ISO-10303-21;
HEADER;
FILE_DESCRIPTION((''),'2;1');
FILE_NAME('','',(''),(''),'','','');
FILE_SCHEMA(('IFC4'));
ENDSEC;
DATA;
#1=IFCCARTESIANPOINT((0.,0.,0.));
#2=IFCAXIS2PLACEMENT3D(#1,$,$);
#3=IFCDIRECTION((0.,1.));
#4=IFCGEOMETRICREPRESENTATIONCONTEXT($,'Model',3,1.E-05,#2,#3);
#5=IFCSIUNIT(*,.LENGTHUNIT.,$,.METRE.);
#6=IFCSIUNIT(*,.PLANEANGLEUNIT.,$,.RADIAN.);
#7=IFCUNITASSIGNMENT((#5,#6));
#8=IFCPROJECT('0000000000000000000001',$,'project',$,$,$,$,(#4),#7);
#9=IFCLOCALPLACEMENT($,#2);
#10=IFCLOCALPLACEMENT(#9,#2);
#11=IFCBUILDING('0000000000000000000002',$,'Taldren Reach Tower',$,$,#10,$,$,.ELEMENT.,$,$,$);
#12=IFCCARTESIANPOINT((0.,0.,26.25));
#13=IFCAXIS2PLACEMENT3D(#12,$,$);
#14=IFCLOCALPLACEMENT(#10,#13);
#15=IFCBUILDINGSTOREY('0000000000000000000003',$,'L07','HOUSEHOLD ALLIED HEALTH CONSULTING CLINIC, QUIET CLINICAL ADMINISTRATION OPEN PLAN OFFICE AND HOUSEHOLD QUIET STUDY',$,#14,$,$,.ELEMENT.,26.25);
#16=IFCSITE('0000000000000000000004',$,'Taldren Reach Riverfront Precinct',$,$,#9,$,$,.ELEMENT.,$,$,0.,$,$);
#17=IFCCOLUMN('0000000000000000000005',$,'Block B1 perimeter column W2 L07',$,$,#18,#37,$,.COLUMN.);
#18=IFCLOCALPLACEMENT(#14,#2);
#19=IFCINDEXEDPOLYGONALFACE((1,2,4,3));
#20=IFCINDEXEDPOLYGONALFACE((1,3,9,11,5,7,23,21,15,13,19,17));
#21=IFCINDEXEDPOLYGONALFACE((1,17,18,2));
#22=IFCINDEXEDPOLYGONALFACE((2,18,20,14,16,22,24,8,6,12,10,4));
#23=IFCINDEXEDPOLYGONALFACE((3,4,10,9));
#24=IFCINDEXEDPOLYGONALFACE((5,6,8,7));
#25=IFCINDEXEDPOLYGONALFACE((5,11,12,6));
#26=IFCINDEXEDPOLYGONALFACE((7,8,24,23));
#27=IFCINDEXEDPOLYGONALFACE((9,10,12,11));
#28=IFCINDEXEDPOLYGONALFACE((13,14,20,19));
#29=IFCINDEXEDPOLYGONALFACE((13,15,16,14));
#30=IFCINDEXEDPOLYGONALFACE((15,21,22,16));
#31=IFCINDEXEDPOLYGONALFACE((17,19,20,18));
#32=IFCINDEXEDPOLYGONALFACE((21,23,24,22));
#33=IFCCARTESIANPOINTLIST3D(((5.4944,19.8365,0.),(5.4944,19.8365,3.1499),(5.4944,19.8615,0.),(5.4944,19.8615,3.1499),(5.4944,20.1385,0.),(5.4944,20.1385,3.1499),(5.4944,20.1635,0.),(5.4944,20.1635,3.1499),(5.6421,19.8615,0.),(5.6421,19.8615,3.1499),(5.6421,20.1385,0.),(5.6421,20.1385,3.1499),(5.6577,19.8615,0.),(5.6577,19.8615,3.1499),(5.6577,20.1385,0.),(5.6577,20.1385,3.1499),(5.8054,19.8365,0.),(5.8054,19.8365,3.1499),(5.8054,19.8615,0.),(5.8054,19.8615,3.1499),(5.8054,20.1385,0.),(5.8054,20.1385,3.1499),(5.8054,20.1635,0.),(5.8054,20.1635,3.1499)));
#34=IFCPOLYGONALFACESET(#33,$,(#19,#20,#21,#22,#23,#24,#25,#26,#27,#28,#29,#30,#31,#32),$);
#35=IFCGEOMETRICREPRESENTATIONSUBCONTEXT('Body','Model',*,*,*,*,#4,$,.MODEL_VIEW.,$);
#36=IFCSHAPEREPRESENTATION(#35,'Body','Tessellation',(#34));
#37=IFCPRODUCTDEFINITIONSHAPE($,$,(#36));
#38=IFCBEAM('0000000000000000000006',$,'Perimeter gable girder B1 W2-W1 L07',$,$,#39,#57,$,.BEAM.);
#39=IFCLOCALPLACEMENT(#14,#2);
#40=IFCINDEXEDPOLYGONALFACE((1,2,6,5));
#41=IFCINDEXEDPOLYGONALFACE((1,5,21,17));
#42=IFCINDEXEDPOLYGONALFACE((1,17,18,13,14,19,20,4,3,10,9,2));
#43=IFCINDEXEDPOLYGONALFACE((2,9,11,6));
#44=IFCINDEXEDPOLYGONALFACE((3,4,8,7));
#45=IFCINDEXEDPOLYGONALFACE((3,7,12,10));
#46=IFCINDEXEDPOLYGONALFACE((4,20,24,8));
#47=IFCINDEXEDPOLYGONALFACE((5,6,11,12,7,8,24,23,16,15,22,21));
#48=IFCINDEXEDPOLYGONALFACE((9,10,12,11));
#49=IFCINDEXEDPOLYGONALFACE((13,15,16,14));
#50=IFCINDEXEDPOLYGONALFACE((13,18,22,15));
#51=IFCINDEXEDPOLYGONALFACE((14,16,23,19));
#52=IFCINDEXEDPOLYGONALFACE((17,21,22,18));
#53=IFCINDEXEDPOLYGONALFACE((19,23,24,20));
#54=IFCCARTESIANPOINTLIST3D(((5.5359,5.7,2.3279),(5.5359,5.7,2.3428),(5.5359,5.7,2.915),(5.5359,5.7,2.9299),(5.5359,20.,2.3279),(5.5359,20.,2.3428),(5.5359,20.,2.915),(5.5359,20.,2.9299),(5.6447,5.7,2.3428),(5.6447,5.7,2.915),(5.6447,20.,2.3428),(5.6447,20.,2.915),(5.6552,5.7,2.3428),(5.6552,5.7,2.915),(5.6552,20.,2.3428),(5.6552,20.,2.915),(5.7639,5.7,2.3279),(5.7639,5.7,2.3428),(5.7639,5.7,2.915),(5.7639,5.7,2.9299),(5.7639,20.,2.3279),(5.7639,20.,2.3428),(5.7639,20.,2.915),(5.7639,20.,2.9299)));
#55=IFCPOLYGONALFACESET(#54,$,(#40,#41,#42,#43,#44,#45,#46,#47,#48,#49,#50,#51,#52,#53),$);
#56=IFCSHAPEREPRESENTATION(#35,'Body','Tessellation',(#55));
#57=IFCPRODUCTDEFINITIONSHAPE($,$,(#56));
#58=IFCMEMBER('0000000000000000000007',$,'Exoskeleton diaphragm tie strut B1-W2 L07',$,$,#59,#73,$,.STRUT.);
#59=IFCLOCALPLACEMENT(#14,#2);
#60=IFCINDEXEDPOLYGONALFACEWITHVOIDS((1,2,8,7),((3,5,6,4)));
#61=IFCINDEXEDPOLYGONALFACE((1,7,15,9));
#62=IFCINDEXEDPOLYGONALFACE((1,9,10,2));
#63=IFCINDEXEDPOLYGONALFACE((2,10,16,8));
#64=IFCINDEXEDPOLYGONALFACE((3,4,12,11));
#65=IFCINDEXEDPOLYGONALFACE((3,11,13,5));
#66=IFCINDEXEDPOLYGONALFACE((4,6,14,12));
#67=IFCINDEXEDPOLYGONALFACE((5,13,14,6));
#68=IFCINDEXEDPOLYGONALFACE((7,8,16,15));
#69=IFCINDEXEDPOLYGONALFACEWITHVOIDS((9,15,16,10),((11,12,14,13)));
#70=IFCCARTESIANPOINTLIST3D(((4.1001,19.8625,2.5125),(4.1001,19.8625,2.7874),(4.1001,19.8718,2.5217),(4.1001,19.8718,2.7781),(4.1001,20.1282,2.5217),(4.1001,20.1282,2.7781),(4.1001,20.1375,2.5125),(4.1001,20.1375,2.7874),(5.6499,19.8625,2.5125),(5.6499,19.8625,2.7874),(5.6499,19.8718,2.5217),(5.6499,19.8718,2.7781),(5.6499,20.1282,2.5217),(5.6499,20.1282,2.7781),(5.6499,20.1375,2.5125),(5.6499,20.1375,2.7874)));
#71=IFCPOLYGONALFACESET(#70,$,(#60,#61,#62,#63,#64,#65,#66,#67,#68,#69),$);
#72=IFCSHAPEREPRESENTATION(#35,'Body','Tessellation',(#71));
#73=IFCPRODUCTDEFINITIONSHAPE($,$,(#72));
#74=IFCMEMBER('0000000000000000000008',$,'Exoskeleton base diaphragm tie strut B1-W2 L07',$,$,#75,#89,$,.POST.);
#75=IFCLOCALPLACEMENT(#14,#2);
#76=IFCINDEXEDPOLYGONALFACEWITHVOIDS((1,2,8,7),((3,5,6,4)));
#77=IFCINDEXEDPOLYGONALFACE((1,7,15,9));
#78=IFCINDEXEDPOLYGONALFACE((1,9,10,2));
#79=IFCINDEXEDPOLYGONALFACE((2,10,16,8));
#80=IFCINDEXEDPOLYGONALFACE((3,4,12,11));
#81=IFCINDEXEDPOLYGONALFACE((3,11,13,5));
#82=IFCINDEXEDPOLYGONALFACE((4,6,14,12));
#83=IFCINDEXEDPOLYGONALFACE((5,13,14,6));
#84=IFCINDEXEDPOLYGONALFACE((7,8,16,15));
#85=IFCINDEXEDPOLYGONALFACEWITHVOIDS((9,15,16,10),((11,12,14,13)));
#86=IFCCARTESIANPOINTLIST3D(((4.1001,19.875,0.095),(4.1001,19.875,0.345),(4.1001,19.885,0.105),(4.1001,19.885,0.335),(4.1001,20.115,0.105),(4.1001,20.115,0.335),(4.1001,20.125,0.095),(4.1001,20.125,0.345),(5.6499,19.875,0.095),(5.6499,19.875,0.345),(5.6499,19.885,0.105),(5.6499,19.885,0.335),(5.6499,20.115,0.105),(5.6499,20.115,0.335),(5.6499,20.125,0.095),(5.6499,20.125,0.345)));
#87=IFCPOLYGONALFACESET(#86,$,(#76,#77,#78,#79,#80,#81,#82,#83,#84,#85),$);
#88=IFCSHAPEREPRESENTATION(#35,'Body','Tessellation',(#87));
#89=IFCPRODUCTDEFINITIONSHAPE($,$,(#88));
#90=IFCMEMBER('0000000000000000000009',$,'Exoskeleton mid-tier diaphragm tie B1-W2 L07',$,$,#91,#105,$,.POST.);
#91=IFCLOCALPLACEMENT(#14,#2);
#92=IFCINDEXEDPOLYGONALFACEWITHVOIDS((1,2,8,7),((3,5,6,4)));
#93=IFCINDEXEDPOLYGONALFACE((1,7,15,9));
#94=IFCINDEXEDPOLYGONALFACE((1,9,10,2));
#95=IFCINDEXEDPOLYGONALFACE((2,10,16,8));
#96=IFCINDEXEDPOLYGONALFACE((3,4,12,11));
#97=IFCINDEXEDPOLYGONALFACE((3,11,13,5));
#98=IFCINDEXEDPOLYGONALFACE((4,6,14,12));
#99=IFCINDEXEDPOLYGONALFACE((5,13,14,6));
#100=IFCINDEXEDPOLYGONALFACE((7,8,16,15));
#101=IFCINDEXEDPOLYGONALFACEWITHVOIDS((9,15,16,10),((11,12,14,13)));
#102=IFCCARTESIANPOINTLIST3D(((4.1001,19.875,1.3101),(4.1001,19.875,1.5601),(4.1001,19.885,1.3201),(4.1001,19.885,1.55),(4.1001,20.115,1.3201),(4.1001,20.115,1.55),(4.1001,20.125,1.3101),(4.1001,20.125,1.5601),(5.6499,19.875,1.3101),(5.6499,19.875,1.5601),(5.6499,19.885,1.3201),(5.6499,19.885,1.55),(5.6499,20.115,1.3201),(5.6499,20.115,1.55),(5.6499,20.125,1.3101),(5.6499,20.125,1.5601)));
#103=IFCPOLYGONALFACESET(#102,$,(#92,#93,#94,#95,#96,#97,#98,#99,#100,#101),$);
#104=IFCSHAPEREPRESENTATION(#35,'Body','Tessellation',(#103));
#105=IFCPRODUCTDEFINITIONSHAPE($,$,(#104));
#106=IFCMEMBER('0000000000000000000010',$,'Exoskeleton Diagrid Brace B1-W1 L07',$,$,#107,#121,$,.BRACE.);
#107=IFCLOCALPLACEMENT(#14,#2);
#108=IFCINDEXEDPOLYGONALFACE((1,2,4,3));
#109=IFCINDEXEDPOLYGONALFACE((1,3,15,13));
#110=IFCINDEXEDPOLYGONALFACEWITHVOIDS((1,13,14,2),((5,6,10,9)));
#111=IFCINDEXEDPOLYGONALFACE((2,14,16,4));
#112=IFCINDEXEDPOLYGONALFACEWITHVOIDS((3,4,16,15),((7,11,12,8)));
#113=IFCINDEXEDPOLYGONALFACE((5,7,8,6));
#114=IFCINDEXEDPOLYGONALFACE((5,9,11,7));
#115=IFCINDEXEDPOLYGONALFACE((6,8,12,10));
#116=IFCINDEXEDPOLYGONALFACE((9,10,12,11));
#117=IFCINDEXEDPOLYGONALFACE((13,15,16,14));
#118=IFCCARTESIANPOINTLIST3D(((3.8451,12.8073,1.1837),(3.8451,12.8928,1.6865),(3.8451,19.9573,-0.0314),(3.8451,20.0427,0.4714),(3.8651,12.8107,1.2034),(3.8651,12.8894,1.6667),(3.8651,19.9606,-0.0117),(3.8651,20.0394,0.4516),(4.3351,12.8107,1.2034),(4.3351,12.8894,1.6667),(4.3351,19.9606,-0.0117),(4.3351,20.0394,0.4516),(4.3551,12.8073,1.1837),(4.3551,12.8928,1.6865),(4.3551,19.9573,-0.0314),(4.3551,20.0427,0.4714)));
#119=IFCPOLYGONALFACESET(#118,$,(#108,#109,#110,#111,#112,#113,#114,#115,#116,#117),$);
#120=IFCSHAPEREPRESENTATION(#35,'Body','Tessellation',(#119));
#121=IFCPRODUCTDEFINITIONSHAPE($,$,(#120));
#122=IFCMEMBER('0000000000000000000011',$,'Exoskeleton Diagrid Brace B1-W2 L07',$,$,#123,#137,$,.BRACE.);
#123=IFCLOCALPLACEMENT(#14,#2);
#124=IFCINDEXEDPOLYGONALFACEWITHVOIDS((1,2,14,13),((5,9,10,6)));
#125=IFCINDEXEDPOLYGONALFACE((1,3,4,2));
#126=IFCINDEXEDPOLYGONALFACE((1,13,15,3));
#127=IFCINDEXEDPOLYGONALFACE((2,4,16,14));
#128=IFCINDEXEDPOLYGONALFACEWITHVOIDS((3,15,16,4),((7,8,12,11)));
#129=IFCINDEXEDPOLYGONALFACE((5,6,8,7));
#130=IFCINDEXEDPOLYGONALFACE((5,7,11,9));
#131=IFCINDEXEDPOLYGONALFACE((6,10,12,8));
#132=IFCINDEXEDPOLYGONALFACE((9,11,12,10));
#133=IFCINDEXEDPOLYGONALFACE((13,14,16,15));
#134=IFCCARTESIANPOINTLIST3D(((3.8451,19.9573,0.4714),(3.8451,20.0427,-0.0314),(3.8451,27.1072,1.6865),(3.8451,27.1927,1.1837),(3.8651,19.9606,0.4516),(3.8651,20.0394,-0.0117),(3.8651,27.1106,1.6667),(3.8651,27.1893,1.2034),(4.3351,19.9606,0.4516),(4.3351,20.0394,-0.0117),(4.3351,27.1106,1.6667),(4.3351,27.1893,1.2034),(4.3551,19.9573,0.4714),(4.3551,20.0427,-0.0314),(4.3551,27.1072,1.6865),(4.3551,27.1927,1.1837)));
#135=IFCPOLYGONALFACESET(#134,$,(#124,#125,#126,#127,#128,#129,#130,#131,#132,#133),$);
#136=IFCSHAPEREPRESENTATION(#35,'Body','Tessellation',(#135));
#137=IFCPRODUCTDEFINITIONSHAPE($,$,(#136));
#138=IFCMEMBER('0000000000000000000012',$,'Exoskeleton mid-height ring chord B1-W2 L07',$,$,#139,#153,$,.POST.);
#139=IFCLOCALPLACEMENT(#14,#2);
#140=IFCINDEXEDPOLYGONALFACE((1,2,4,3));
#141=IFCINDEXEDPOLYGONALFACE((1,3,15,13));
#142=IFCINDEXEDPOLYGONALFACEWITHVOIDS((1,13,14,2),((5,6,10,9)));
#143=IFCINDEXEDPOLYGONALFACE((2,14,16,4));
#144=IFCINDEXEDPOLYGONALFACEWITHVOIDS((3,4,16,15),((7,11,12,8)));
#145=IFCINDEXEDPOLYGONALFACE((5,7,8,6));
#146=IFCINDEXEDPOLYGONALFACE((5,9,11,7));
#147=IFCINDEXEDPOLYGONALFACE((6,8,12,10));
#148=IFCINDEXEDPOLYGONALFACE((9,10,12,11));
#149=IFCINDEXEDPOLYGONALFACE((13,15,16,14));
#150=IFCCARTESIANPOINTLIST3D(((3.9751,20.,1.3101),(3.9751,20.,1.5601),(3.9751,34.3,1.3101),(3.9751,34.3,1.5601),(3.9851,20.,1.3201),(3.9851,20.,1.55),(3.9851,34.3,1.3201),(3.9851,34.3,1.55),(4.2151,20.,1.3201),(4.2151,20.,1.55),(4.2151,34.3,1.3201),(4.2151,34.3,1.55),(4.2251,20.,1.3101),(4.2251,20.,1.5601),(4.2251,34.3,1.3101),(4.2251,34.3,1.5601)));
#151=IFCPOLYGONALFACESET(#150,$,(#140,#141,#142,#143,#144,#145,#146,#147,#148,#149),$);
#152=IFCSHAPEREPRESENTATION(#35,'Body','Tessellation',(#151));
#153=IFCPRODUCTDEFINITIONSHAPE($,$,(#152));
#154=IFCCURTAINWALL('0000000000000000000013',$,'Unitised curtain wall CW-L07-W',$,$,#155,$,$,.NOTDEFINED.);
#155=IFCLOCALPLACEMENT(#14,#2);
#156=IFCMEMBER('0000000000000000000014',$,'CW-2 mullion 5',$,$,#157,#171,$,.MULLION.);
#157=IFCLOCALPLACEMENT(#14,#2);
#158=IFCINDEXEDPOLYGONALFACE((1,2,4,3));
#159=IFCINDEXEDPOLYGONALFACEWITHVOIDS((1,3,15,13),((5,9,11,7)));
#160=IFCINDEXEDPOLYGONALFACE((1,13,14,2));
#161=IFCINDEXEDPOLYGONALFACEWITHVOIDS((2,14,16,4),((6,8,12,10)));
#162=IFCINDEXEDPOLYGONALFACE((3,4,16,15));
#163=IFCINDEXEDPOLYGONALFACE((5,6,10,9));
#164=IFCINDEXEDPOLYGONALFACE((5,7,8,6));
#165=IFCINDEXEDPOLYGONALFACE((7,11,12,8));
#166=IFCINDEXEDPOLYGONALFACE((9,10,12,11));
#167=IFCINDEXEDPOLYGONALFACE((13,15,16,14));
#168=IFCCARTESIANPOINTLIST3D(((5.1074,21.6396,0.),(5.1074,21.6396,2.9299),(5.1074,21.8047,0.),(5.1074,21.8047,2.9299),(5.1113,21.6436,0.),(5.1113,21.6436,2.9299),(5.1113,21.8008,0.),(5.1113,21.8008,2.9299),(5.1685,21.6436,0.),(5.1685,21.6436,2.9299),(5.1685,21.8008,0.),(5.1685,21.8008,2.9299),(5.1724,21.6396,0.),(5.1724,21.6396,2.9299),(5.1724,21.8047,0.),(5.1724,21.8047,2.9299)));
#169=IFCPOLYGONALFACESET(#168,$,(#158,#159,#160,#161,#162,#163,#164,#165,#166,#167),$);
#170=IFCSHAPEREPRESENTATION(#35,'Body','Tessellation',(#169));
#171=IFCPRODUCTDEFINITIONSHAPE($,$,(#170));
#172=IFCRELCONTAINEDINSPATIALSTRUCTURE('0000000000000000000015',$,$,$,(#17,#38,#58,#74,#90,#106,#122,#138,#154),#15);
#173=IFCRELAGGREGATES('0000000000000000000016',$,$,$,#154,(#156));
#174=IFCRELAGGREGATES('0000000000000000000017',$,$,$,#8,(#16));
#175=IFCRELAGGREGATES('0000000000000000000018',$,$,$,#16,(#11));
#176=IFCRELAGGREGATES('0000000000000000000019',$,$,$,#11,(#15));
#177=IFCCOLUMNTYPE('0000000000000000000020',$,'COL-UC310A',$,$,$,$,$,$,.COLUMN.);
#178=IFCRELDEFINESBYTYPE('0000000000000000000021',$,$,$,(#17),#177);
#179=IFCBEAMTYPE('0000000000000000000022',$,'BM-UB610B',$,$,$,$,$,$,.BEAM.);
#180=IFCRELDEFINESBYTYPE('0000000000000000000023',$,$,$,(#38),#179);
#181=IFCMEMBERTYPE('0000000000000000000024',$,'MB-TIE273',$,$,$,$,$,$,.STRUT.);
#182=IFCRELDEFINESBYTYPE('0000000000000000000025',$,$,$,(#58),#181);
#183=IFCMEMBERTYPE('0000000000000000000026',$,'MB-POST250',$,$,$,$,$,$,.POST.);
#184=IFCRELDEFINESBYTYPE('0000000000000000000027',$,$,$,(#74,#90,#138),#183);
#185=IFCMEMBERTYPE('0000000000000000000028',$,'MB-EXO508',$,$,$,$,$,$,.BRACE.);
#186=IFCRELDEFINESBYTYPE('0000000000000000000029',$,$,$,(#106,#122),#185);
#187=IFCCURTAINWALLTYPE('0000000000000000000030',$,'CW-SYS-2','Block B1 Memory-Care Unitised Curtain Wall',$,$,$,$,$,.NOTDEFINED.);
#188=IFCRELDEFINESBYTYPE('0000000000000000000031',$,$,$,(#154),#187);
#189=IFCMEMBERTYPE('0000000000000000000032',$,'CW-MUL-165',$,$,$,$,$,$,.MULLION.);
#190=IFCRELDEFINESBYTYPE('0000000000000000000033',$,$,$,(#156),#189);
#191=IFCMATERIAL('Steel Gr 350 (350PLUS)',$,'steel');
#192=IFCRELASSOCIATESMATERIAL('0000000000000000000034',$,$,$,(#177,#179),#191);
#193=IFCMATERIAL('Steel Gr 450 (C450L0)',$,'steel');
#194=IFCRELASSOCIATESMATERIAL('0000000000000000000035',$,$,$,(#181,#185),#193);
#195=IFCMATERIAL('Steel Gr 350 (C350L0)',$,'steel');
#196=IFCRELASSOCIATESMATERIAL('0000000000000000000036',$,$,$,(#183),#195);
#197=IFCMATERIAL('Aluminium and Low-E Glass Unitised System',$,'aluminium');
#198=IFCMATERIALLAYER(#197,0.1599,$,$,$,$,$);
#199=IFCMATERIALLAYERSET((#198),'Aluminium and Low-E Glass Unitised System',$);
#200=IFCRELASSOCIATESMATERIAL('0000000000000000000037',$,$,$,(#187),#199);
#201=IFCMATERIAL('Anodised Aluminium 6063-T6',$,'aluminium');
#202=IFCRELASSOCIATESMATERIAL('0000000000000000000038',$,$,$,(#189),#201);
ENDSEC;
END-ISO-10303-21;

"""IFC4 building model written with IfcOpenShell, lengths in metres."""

from ifc_helpers import new_model, si_unit, direction, frame, origin, origin_2d, place, context, subcontext, project, spatial, hollow_rectangle, i_section, extrude, source, transform, mapped, material, layer, layer_set, material_profile, profile_set, type_object, element, aggregate, save


model = new_model("IFC4")

# Units and contexts
model_context = context("Model", 3, precision=1e-05, world=origin(), true_north=direction((0.0, 1.0)))
body_context = subcontext(model_context, "Body", "Model", "MODEL_VIEW")
ifc_project = project(units=[si_unit("LENGTHUNIT", "METRE"), si_unit("PLANEANGLEUNIT", "RADIAN")], contexts=[model_context])

# Site, building, storey
site_placement = place(None, origin())
site = spatial("IfcSite", under=ifc_project, at=site_placement, Name="Taldren Reach Riverfront Precinct", CompositionType="ELEMENT", RefElevation=0.0)
building_placement = place(site_placement, origin())
building = spatial("IfcBuilding", under=site, at=building_placement, Name="Taldren Reach Tower", CompositionType="ELEMENT")
storey_placement = place(building_placement, frame((0.0, 0.0, 26.25)))
storey = spatial("IfcBuildingStorey", under=building, at=storey_placement, Name="L07", Description="HOUSEHOLD ALLIED HEALTH CONSULTING CLINIC, QUIET CLINICAL ADMINISTRATION OPEN PLAN OFFICE AND HOUSEHOLD QUIET STUDY", CompositionType="ELEMENT", Elevation=26.25)

# Column
ifc_material_1 = material(Name="Steel Gr 350 (350PLUS)", Category="steel")
ifc_material_profile_1 = material_profile(ifc_material_1, i_section(OverallWidth=0.311, OverallDepth=0.3269, WebThickness=0.0156, FlangeThickness=0.0249, at=origin_2d()), Name="310UC158")
ifc_profile_set_1 = profile_set([ifc_material_profile_1], Name="Steel Gr 350 (350PLUS)")
column_type = type_object("IfcColumnType", Name="COL-UC310A", PredefinedType="COLUMN", material=ifc_profile_set_1)
shared_shape_1 = source(origin(), body_context, "Body", "SweptSolid", [
    extrude(i_section(OverallWidth=0.311, OverallDepth=0.3269, WebThickness=0.0156, FlangeThickness=0.0249, at=origin_2d()), origin(), (0.0, 0.0, 1.0), 3.1499),
])
column_placement = place(storey_placement, frame((5.6499, 20.0, 0.0), z_axis=(0.0, 0.0, 1.0), x_axis=(1.0, 0.0, 0.0)))
element("IfcColumn", 1, at=column_placement, inside=storey, type_object=column_type, Name="Block B1 perimeter column W2 L07", PredefinedType="COLUMN", context=body_context, shape_type="MappedRepresentation", body=[
    mapped(shared_shape_1, transform((0.0, 0.0, 0.0), scale=1.0)),
])

# Beam
ifc_material_profile_2 = material_profile(ifc_material_1, i_section(OverallWidth=0.228, OverallDepth=0.6021, WebThickness=0.0105, FlangeThickness=0.0149, at=origin_2d()), Name="610UB101")
ifc_profile_set_2 = profile_set([ifc_material_profile_2], Name="Steel Gr 350 (350PLUS)")
beam_type = type_object("IfcBeamType", Name="BM-UB610B", PredefinedType="BEAM", material=ifc_profile_set_2)
shared_shape_2 = source(origin(), body_context, "Body", "SweptSolid", [
    extrude(i_section(OverallWidth=0.228, OverallDepth=0.6021, WebThickness=0.0105, FlangeThickness=0.0149, at=origin_2d()), origin(), (0.0, 0.0, 1.0), 14.3),
])
beam_placement = place(storey_placement, frame((5.6499, 20.0, 2.6289), z_axis=(0.0, -1.0, 0.0), x_axis=(1.0, 0.0, 0.0)))
element("IfcBeam", 2, at=beam_placement, inside=storey, type_object=beam_type, Name="Perimeter gable girder B1 W2-W1 L07", PredefinedType="BEAM", context=body_context, shape_type="MappedRepresentation", body=[
    mapped(shared_shape_2, transform((0.0, 0.0, 0.0), scale=1.0)),
])

# Members
ifc_material_2 = material(Name="Steel Gr 450 (C450L0)", Category="steel")
ifc_material_profile_3 = material_profile(ifc_material_2, hollow_rectangle(XDim=0.2749, YDim=0.2749, WallThickness=0.0093, at=origin_2d()), Name="275x275x9.3SHS")
ifc_profile_set_3 = profile_set([ifc_material_profile_3], Name="Steel Gr 450 (C450L0)")
member_type_1 = type_object("IfcMemberType", Name="MB-TIE273", PredefinedType="STRUT", material=ifc_profile_set_3)
shared_shape_3 = source(origin(), body_context, "Body", "SweptSolid", [
    extrude(hollow_rectangle(XDim=0.2749, YDim=0.2749, WallThickness=0.0093, at=origin_2d()), origin(), (0.0, 0.0, 1.0), 1.5498),
])
member_1_placement = place(storey_placement, frame((5.6499, 20.0, 2.6499), z_axis=(-1.0, 0.0, 0.0), x_axis=(0.0, -1.0, 0.0)))
element("IfcMember", 3, at=member_1_placement, inside=storey, type_object=member_type_1, Name="Exoskeleton diaphragm tie strut B1-W2 L07", PredefinedType="STRUT", context=body_context, shape_type="MappedRepresentation", body=[
    mapped(shared_shape_3, transform((0.0, 0.0, 0.0), scale=1.0)),
])
ifc_material_3 = material(Name="Steel Gr 350 (C350L0)", Category="steel")
ifc_material_profile_4 = material_profile(ifc_material_3, hollow_rectangle(XDim=0.25, YDim=0.25, WallThickness=0.01, at=origin_2d()), Name="250x250x10.0SHS")
ifc_profile_set_4 = profile_set([ifc_material_profile_4], Name="Steel Gr 350 (C350L0)")
member_type_2 = type_object("IfcMemberType", Name="MB-POST250", PredefinedType="POST", material=ifc_profile_set_4)
shared_shape_4 = source(origin(), body_context, "Body", "SweptSolid", [
    extrude(hollow_rectangle(XDim=0.25, YDim=0.25, WallThickness=0.01, at=origin_2d()), origin(), (0.0, 0.0, 1.0), 1.5498),
])
for number, where, z_axis, x_axis, name in (
    (4, (5.6499, 20.0, 0.22), (-1.0, 0.0, 0.0), (0.0, -1.0, 0.0), "Exoskeleton base diaphragm tie strut B1-W2 L07"),
    (5, (5.6499, 20.0, 1.4351), (-1.0, 0.0, 0.0), (0.0, -1.0, 0.0), "Exoskeleton mid-tier diaphragm tie B1-W2 L07"),
):
    element("IfcMember", number, at=place(storey_placement, frame(where, z_axis=z_axis, x_axis=x_axis)), inside=storey, type_object=member_type_2, Name=name, PredefinedType="POST", context=body_context, shape_type="MappedRepresentation", body=[
        mapped(shared_shape_4, transform((0.0, 0.0, 0.0), scale=1.0)),
    ])
ifc_material_profile_5 = material_profile(ifc_material_2, hollow_rectangle(XDim=0.51, YDim=0.51, WallThickness=0.02, at=origin_2d()), Name="510x510x20.0SHS")
ifc_profile_set_5 = profile_set([ifc_material_profile_5], Name="Steel Gr 450 (C450L0)")
member_type_3 = type_object("IfcMemberType", Name="MB-EXO508", PredefinedType="BRACE", material=ifc_profile_set_5)
shared_shape_5 = source(origin(), body_context, "Body", "SweptSolid", [
    extrude(hollow_rectangle(XDim=0.51, YDim=0.51, WallThickness=0.02, at=origin_2d()), origin(), (0.0, 0.0, 1.0), 7.2524),
])
for number, where, z_axis, x_axis, name in (
    (6, (4.1001, 20.0, 0.22), (0.0, -0.985865, 0.167542), (1.0, 0.0, 0.0), "Exoskeleton Diagrid Brace B1-W1 L07"),
    (7, (4.1001, 20.0, 0.22), (0.0, 0.985865, 0.167542), (-1.0, 0.0, 0.0), "Exoskeleton Diagrid Brace B1-W2 L07"),
):
    element("IfcMember", number, at=place(storey_placement, frame(where, z_axis=z_axis, x_axis=x_axis)), inside=storey, type_object=member_type_3, Name=name, PredefinedType="BRACE", context=body_context, shape_type="MappedRepresentation", body=[
        mapped(shared_shape_5, transform((0.0, 0.0, 0.0), scale=1.0)),
    ])
shared_shape_6 = source(origin(), body_context, "Body", "SweptSolid", [
    extrude(hollow_rectangle(XDim=0.25, YDim=0.25, WallThickness=0.01, at=origin_2d()), origin(), (0.0, 0.0, 1.0), 14.3),
])
member_2_placement = place(storey_placement, frame((4.1001, 20.0, 1.4351), z_axis=(0.0, 1.0, 0.0), x_axis=(-1.0, 0.0, 0.0)))
element("IfcMember", 8, at=member_2_placement, inside=storey, type_object=member_type_2, Name="Exoskeleton mid-height ring chord B1-W2 L07", PredefinedType="POST", context=body_context, shape_type="MappedRepresentation", body=[
    mapped(shared_shape_6, transform((0.0, 0.0, 0.0), scale=1.0)),
])

# Curtain wall, member
ifc_material_4 = material(Name="Aluminium and Low-E Glass Unitised System", Category="aluminium")
ifc_layer_1 = layer(ifc_material_4, 0.1599)
ifc_layer_set_1 = layer_set([ifc_layer_1], Name="Aluminium and Low-E Glass Unitised System")
curtain_wall_type = type_object("IfcCurtainWallType", Name="CW-SYS-2", Description="Block B1 Memory-Care Unitised Curtain Wall", PredefinedType="NOTDEFINED", material=ifc_layer_set_1)
curtain_wall_placement = place(storey_placement, origin())
curtain_wall = element("IfcCurtainWall", 9, at=curtain_wall_placement, inside=storey, type_object=curtain_wall_type, Name="Unitised curtain wall CW-L07-W", PredefinedType="NOTDEFINED")
ifc_material_5 = material(Name="Anodised Aluminium 6063-T6", Category="aluminium")
ifc_material_profile_6 = material_profile(ifc_material_5, hollow_rectangle(XDim=0.0649, YDim=0.165, WallThickness=0.0039, at=origin_2d()), Name="ALU-165x65x4RHS")
ifc_profile_set_6 = profile_set([ifc_material_profile_6], Name="Anodised Aluminium 6063-T6")
member_type_4 = type_object("IfcMemberType", Name="CW-MUL-165", PredefinedType="MULLION", material=ifc_profile_set_6)
shared_shape_7 = source(origin(), body_context, "Body", "SweptSolid", [
    extrude(hollow_rectangle(XDim=0.0649, YDim=0.165, WallThickness=0.0039, at=origin_2d()), origin(), (0.0, 0.0, 1.0), 2.9299),
])
member_3_placement = place(storey_placement, frame((5.1399, 21.7222, 0.0), z_axis=(0.0, 0.0, 1.0), x_axis=(1.0, 0.0, 0.0)))
member_3 = element("IfcMember", 10, at=member_3_placement, type_object=member_type_4, Name="CW-2 mullion 5", PredefinedType="MULLION", context=body_context, shape_type="MappedRepresentation", body=[
    mapped(shared_shape_7, transform((0.0, 0.0, 0.0), scale=1.0)),
])

aggregate(curtain_wall, [member_3])

save(model, "model.ifc")
